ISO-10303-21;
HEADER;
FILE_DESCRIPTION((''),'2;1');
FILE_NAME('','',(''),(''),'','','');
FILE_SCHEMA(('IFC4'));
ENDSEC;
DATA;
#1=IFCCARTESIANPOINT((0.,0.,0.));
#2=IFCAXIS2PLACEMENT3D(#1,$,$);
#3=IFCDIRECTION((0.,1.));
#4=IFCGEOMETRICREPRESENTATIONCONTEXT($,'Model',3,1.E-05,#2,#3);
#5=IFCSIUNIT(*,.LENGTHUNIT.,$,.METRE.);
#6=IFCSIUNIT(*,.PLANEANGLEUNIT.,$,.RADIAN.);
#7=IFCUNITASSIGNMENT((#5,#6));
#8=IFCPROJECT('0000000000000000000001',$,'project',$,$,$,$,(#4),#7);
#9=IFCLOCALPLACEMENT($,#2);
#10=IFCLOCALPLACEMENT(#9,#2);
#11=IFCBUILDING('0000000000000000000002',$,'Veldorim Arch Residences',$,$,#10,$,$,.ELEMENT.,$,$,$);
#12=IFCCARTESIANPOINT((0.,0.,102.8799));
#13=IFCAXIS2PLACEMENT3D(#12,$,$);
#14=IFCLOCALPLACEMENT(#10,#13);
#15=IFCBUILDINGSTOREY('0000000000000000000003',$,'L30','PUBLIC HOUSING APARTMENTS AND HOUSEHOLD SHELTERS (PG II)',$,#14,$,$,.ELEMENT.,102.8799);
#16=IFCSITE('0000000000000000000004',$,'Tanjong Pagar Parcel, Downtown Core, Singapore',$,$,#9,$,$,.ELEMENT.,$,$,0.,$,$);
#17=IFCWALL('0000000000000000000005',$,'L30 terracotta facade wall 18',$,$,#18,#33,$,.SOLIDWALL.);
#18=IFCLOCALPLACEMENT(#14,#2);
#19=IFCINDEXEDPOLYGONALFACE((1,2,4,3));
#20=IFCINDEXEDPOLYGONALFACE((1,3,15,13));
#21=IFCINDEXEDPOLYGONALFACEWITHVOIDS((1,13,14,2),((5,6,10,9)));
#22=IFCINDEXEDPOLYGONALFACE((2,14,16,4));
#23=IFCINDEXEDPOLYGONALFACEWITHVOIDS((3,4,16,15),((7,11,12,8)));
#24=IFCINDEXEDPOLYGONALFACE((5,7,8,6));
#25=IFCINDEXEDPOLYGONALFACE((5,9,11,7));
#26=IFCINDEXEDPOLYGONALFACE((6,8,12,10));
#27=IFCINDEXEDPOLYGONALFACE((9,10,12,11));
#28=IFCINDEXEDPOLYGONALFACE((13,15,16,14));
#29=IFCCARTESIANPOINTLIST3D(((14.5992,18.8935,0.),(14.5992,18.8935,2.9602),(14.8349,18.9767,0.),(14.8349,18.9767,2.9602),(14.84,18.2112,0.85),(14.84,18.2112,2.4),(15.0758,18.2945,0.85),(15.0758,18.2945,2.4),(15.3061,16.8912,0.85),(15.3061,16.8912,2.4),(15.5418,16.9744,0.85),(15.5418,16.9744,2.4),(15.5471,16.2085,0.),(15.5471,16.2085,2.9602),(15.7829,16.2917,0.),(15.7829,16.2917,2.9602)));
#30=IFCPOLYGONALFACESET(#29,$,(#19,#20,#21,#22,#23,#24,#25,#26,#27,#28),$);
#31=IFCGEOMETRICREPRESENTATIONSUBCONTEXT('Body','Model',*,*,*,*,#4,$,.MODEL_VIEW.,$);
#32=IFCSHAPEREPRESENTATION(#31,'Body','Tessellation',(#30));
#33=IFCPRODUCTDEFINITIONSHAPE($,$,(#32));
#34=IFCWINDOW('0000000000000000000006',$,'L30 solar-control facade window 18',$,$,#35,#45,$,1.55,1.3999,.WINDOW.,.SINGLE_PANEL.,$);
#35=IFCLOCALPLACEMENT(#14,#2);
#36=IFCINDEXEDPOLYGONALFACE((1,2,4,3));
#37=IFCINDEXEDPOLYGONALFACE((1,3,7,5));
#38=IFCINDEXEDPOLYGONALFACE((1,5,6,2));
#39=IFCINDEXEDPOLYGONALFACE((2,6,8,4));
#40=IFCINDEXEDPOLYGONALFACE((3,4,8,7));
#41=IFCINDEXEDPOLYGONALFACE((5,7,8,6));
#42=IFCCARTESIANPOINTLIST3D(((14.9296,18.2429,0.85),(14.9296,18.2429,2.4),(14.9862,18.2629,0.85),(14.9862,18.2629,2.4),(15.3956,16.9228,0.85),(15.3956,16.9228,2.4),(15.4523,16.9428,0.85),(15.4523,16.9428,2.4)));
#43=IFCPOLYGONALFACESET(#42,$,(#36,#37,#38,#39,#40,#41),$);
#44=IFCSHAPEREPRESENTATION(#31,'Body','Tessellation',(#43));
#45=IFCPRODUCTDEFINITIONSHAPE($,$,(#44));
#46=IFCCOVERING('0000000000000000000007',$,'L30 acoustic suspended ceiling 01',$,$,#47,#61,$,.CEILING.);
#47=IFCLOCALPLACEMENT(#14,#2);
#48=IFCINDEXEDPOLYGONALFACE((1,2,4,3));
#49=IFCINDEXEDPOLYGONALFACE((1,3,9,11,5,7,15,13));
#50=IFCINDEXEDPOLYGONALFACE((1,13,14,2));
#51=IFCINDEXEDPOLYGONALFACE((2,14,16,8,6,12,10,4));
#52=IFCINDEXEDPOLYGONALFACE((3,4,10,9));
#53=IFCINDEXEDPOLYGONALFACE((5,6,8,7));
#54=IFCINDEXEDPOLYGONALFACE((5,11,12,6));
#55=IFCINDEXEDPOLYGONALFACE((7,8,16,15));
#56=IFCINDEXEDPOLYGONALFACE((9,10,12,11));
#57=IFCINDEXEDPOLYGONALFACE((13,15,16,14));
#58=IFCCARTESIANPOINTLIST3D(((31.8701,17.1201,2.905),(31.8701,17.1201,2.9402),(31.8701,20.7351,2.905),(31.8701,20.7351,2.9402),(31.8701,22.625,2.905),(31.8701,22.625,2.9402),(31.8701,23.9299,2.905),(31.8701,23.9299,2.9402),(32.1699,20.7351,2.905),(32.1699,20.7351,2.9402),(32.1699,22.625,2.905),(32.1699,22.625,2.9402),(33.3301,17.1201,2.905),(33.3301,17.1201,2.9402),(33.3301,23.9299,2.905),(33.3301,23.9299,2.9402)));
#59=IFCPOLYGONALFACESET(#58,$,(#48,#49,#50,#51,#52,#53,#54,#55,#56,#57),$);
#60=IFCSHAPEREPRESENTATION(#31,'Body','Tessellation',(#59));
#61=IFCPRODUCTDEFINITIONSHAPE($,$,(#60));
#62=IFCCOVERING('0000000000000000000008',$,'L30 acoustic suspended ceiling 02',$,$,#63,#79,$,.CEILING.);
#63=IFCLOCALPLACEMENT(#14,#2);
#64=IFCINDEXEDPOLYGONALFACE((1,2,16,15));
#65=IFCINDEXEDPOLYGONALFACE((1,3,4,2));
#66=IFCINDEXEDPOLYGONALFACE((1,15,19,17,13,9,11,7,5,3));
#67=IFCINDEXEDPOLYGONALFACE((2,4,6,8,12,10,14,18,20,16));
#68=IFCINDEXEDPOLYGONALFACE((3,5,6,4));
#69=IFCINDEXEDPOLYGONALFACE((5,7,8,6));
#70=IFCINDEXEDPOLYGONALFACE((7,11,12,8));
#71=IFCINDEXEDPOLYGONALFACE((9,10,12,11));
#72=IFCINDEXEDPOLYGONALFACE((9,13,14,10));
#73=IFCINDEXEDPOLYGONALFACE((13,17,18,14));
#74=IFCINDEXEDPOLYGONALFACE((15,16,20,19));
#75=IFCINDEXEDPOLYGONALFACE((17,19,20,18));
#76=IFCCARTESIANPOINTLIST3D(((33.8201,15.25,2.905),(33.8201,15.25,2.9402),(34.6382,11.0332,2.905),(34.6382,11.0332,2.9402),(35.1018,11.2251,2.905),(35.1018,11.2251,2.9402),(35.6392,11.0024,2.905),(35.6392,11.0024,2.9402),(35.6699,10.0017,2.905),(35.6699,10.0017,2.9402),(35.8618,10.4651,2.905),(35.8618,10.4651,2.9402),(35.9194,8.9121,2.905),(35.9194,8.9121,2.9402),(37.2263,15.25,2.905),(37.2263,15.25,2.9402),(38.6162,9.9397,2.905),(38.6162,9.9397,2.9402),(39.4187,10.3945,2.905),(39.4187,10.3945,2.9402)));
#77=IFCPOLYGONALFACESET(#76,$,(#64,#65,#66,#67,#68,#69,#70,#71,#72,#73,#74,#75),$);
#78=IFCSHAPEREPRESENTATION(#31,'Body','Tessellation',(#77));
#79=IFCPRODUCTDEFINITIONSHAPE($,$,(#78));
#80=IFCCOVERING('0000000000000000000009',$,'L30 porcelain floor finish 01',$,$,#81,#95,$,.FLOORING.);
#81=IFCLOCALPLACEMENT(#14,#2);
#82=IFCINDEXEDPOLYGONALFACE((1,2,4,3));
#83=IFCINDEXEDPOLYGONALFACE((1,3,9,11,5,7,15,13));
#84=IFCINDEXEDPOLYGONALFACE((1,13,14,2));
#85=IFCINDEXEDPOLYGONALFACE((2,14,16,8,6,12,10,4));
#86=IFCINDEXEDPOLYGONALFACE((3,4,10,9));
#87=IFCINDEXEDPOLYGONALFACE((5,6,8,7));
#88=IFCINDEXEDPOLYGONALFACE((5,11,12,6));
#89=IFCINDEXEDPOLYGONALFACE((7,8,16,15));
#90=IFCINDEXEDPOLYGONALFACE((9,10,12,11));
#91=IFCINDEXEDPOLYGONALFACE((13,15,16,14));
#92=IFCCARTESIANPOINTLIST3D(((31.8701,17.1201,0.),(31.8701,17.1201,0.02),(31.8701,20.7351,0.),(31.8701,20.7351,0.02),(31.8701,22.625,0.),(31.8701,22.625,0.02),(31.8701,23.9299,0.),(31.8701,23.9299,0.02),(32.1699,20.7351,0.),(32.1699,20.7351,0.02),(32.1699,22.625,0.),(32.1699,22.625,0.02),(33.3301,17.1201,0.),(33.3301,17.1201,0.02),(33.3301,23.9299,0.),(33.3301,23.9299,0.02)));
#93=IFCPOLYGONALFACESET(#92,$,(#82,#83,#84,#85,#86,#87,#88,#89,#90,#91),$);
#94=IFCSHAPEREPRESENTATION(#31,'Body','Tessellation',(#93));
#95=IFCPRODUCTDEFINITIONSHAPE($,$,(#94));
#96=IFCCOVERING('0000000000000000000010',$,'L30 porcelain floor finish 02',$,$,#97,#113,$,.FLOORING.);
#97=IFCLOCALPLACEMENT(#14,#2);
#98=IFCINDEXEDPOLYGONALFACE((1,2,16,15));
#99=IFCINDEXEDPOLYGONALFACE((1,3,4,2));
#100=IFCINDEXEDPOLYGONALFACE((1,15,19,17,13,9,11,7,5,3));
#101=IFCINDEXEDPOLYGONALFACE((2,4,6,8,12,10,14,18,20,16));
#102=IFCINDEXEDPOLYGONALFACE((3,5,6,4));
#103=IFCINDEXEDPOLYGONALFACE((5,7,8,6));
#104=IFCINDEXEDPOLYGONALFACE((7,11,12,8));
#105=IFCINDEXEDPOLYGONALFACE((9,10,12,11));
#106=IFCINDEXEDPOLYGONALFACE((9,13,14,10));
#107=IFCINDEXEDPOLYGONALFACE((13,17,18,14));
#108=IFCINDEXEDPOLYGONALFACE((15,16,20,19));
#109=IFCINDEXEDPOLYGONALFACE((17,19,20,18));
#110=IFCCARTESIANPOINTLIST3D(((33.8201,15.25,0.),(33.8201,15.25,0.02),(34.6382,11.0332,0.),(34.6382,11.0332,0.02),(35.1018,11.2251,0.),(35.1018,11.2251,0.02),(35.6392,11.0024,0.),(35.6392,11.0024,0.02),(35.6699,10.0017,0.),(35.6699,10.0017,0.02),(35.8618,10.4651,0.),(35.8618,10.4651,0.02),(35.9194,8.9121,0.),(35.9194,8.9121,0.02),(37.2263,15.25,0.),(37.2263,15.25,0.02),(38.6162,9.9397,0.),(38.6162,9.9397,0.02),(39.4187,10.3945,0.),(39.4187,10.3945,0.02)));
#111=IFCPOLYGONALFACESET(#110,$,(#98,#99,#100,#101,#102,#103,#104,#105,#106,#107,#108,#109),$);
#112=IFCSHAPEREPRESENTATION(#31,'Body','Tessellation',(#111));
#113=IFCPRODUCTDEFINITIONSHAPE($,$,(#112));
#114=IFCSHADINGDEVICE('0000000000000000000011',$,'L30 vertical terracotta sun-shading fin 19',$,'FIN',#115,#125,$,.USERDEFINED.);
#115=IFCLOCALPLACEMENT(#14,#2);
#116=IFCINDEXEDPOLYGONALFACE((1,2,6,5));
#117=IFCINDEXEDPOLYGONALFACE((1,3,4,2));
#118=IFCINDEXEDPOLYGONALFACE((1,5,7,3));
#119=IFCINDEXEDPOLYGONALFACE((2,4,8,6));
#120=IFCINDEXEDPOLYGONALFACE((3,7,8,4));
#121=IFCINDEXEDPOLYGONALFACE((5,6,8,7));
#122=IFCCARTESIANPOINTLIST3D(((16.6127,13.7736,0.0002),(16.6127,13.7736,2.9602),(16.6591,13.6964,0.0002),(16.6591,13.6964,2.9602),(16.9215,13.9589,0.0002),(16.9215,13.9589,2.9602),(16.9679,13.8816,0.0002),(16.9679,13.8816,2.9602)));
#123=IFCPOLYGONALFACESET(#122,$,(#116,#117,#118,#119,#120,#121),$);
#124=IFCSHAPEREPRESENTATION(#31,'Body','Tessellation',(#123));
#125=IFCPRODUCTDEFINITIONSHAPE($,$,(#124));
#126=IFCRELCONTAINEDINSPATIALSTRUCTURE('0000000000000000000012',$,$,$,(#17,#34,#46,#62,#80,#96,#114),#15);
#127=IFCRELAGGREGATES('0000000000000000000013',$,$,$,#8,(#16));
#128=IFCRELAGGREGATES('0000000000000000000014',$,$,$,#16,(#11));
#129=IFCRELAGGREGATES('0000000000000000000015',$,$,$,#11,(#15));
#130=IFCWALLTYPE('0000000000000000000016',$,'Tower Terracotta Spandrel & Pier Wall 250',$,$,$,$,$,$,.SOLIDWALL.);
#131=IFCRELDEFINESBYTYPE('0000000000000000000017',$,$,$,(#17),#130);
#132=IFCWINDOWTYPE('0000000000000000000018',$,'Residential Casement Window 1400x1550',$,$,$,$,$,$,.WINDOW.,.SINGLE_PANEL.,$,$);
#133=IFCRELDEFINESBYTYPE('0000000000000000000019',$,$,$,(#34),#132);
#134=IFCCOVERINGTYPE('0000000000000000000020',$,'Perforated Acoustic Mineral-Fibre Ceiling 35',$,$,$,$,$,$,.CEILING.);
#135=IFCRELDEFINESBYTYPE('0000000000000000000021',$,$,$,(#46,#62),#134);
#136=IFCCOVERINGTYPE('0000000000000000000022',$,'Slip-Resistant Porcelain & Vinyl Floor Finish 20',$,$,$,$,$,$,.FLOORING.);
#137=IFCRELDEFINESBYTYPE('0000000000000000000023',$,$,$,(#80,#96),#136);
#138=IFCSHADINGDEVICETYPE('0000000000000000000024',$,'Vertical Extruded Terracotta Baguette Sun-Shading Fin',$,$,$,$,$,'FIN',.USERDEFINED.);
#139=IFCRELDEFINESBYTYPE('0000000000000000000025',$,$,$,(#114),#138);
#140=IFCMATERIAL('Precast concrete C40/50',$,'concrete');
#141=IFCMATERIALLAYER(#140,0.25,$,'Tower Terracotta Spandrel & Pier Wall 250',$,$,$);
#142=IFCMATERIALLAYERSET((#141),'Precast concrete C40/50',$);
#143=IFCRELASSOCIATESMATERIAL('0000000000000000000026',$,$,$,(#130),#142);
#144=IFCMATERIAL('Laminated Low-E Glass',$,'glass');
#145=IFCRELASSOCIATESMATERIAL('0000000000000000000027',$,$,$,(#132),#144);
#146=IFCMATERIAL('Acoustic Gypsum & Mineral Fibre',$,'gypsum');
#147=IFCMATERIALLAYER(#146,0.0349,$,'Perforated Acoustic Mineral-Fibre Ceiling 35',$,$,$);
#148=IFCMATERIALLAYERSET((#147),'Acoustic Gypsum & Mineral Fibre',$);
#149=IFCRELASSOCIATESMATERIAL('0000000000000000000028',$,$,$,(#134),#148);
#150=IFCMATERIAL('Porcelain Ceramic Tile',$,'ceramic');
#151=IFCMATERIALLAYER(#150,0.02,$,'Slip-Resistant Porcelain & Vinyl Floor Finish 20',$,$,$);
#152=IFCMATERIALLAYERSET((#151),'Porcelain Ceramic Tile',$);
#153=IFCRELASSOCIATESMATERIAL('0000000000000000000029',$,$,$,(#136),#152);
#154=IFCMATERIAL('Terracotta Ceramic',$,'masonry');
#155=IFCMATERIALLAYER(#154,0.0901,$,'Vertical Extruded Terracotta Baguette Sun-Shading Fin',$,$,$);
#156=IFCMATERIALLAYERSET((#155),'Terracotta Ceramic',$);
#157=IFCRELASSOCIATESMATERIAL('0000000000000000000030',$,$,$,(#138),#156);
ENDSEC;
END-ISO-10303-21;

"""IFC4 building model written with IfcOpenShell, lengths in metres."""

from ifc_helpers import new_model, si_unit, direction, frame, frame_2d, origin, origin_2d, place, context, subcontext, project, spatial, polyline, rectangle, outline, extrude, material, layer, layer_set, type_object, element, fill, save


model = new_model("IFC4")

# Units and contexts
model_context = context("Model", 3, precision=1e-05, world=origin(), true_north=direction((0.0, 1.0)))
body_context = subcontext(model_context, "Body", "Model", "MODEL_VIEW")
ifc_project = project(units=[si_unit("LENGTHUNIT", "METRE"), si_unit("PLANEANGLEUNIT", "RADIAN")], contexts=[model_context])

# Site, building, storey
site_placement = place(None, origin())
site = spatial("IfcSite", under=ifc_project, at=site_placement, Name="Tanjong Pagar Parcel, Downtown Core, Singapore", CompositionType="ELEMENT", RefElevation=0.0)
building_placement = place(site_placement, origin())
building = spatial("IfcBuilding", under=site, at=building_placement, Name="Veldorim Arch Residences", CompositionType="ELEMENT")
storey_placement = place(building_placement, frame((0.0, 0.0, 102.8799)))
storey = spatial("IfcBuildingStorey", under=building, at=storey_placement, Name="L30", Description="PUBLIC HOUSING APARTMENTS AND HOUSEHOLD SHELTERS (PG II)", CompositionType="ELEMENT", Elevation=102.8799)

# Shared definitions
ifc_material_1 = material(Name="Precast concrete C40/50", Category="concrete")
ifc_layer_1 = layer(ifc_material_1, 0.25, Name="Tower Terracotta Spandrel & Pier Wall 250")
ifc_layer_set_1 = layer_set([ifc_layer_1], Name="Precast concrete C40/50")
wall_type = type_object("IfcWallType", Name="Tower Terracotta Spandrel & Pier Wall 250", PredefinedType="SOLIDWALL", material=ifc_layer_set_1)

# Wall, opening, window
wall_1_placement = place(storey_placement, frame((15.665, 16.25, 0.0), z_axis=(0.0, 0.0, 1.0), x_axis=(-0.332923, 0.942954, 0.0)))
wall_1 = element("IfcWall", 1, at=wall_1_placement, inside=storey, type_object=wall_type, Name="L30 terracotta facade wall 18", PredefinedType="SOLIDWALL", context=body_context, shape_type="SweptSolid", body=[
    extrude(rectangle(XDim=2.8474, YDim=0.25, at=frame_2d((1.4238, 0.0))), origin(), (0.0, 0.0, 1.0), 2.9602),
])
opening_placement = place(wall_1_placement, frame((0.7241, 0.0, 0.8501)))
opening = element("IfcOpeningElement", 2, at=opening_placement, cuts=wall_1, PredefinedType="OPENING", context=body_context, shape_type="SweptSolid", body=[
    extrude(rectangle(XDim=1.3999, YDim=1.55, at=frame_2d((0.7, 0.7749))), frame((0.0, 0.135, 0.0), z_axis=(0.0, -1.0, 0.0), x_axis=(1.0, 0.0, 0.0)), (0.0, 0.0, 1.0), 0.27),
])
ifc_material_2 = material(Name="Laminated Low-E Glass", Category="glass")
window_type = type_object("IfcWindowType", Name="Residential Casement Window 1400x1550", PartitioningType="SINGLE_PANEL", PredefinedType="WINDOW", material=ifc_material_2)
window_placement = place(opening_placement, origin())
window = element("IfcWindow", 3, at=window_placement, inside=storey, type_object=window_type, Name="L30 solar-control facade window 18", OverallHeight=1.55, OverallWidth=1.3999, PartitioningType="SINGLE_PANEL", PredefinedType="WINDOW", context=body_context, shape_type="SweptSolid", body=[
    extrude(rectangle(XDim=1.3999, YDim=1.55, at=frame_2d((0.7, 0.7749))), frame((0.0, 0.03, 0.0), z_axis=(0.0, -1.0, 0.0), x_axis=(1.0, 0.0, 0.0)), (0.0, 0.0, 1.0), 0.0601),
])
fill(opening, window)

# Coverings
ifc_material_3 = material(Name="Acoustic Gypsum & Mineral Fibre", Category="gypsum")
ifc_layer_2 = layer(ifc_material_3, 0.0349, Name="Perforated Acoustic Mineral-Fibre Ceiling 35")
ifc_layer_set_2 = layer_set([ifc_layer_2], Name="Acoustic Gypsum & Mineral Fibre")
covering_type_1 = type_object("IfcCoveringType", Name="Perforated Acoustic Mineral-Fibre Ceiling 35", PredefinedType="CEILING", material=ifc_layer_set_2)
covering_1_placement = place(storey_placement, frame((0.0, 0.0, 2.905)))
element("IfcCovering", 4, at=covering_1_placement, inside=storey, type_object=covering_type_1, Name="L30 acoustic suspended ceiling 01", PredefinedType="CEILING", context=body_context, shape_type="SweptSolid", body=[
    extrude(outline(polyline([(33.3301, 23.9299), (33.3301, 17.1201), (31.8701, 17.1201), (31.8701, 20.7351), (32.1699, 20.7351), (32.1699, 22.625), (31.8701, 22.625), (31.8701, 23.9299), (33.3301, 23.9299)])), origin(), (0.0, 0.0, 1.0), 0.0352),
])
covering_2_placement = place(storey_placement, frame((0.0, 0.0, 2.905)))
element("IfcCovering", 5, at=covering_2_placement, inside=storey, type_object=covering_type_1, Name="L30 acoustic suspended ceiling 02", PredefinedType="CEILING", context=body_context, shape_type="SweptSolid", body=[
    extrude(outline(polyline([(33.8201, 15.25), (37.2263, 15.25), (39.4187, 10.3945), (38.6162, 9.9397), (35.9194, 8.9121), (35.6699, 10.0017), (35.8618, 10.4651), (35.6392, 11.0024), (35.1018, 11.2251), (34.6382, 11.0332), (33.8201, 15.25)])), origin(), (0.0, 0.0, 1.0), 0.0352),
])
ifc_material_4 = material(Name="Porcelain Ceramic Tile", Category="ceramic")
ifc_layer_3 = layer(ifc_material_4, 0.02, Name="Slip-Resistant Porcelain & Vinyl Floor Finish 20")
ifc_layer_set_3 = layer_set([ifc_layer_3], Name="Porcelain Ceramic Tile")
covering_type_2 = type_object("IfcCoveringType", Name="Slip-Resistant Porcelain & Vinyl Floor Finish 20", PredefinedType="FLOORING", material=ifc_layer_set_3)
covering_3_placement = place(storey_placement, origin())
element("IfcCovering", 6, at=covering_3_placement, inside=storey, type_object=covering_type_2, Name="L30 porcelain floor finish 01", PredefinedType="FLOORING", context=body_context, shape_type="SweptSolid", body=[
    extrude(outline(polyline([(33.3301, 23.9299), (33.3301, 17.1201), (31.8701, 17.1201), (31.8701, 20.7351), (32.1699, 20.7351), (32.1699, 22.625), (31.8701, 22.625), (31.8701, 23.9299), (33.3301, 23.9299)])), origin(), (0.0, 0.0, 1.0), 0.02),
])
covering_4_placement = place(storey_placement, origin())
element("IfcCovering", 7, at=covering_4_placement, inside=storey, type_object=covering_type_2, Name="L30 porcelain floor finish 02", PredefinedType="FLOORING", context=body_context, shape_type="SweptSolid", body=[
    extrude(outline(polyline([(33.8201, 15.25), (37.2263, 15.25), (39.4187, 10.3945), (38.6162, 9.9397), (35.9194, 8.9121), (35.6699, 10.0017), (35.8618, 10.4651), (35.6392, 11.0024), (35.1018, 11.2251), (34.6382, 11.0332), (33.8201, 15.25)])), origin(), (0.0, 0.0, 1.0), 0.02),
])

# Shading device
ifc_material_5 = material(Name="Terracotta Ceramic", Category="masonry")
ifc_layer_4 = layer(ifc_material_5, 0.0901, Name="Vertical Extruded Terracotta Baguette Sun-Shading Fin")
ifc_layer_set_4 = layer_set([ifc_layer_4], Name="Terracotta Ceramic")
shading_device_type = type_object("IfcShadingDeviceType", Name="Vertical Extruded Terracotta Baguette Sun-Shading Fin", ElementType="FIN", PredefinedType="USERDEFINED", material=ifc_layer_set_4)
shading_device_placement = place(storey_placement, frame((16.7903, 13.8276, 0.0002), z_axis=(0.0, 0.0, 1.0), x_axis=(-0.51444, 0.857527, 0.0)))
element("IfcShadingDevice", 8, at=shading_device_placement, inside=storey, type_object=shading_device_type, Name="L30 vertical terracotta sun-shading fin 19", ObjectType="FIN", PredefinedType="USERDEFINED", context=body_context, shape_type="SweptSolid", body=[
    extrude(rectangle(XDim=0.0901, YDim=0.3601, at=origin_2d()), origin(), (0.0, 0.0, 1.0), 2.96),
])

save(model, "model.ifc")
